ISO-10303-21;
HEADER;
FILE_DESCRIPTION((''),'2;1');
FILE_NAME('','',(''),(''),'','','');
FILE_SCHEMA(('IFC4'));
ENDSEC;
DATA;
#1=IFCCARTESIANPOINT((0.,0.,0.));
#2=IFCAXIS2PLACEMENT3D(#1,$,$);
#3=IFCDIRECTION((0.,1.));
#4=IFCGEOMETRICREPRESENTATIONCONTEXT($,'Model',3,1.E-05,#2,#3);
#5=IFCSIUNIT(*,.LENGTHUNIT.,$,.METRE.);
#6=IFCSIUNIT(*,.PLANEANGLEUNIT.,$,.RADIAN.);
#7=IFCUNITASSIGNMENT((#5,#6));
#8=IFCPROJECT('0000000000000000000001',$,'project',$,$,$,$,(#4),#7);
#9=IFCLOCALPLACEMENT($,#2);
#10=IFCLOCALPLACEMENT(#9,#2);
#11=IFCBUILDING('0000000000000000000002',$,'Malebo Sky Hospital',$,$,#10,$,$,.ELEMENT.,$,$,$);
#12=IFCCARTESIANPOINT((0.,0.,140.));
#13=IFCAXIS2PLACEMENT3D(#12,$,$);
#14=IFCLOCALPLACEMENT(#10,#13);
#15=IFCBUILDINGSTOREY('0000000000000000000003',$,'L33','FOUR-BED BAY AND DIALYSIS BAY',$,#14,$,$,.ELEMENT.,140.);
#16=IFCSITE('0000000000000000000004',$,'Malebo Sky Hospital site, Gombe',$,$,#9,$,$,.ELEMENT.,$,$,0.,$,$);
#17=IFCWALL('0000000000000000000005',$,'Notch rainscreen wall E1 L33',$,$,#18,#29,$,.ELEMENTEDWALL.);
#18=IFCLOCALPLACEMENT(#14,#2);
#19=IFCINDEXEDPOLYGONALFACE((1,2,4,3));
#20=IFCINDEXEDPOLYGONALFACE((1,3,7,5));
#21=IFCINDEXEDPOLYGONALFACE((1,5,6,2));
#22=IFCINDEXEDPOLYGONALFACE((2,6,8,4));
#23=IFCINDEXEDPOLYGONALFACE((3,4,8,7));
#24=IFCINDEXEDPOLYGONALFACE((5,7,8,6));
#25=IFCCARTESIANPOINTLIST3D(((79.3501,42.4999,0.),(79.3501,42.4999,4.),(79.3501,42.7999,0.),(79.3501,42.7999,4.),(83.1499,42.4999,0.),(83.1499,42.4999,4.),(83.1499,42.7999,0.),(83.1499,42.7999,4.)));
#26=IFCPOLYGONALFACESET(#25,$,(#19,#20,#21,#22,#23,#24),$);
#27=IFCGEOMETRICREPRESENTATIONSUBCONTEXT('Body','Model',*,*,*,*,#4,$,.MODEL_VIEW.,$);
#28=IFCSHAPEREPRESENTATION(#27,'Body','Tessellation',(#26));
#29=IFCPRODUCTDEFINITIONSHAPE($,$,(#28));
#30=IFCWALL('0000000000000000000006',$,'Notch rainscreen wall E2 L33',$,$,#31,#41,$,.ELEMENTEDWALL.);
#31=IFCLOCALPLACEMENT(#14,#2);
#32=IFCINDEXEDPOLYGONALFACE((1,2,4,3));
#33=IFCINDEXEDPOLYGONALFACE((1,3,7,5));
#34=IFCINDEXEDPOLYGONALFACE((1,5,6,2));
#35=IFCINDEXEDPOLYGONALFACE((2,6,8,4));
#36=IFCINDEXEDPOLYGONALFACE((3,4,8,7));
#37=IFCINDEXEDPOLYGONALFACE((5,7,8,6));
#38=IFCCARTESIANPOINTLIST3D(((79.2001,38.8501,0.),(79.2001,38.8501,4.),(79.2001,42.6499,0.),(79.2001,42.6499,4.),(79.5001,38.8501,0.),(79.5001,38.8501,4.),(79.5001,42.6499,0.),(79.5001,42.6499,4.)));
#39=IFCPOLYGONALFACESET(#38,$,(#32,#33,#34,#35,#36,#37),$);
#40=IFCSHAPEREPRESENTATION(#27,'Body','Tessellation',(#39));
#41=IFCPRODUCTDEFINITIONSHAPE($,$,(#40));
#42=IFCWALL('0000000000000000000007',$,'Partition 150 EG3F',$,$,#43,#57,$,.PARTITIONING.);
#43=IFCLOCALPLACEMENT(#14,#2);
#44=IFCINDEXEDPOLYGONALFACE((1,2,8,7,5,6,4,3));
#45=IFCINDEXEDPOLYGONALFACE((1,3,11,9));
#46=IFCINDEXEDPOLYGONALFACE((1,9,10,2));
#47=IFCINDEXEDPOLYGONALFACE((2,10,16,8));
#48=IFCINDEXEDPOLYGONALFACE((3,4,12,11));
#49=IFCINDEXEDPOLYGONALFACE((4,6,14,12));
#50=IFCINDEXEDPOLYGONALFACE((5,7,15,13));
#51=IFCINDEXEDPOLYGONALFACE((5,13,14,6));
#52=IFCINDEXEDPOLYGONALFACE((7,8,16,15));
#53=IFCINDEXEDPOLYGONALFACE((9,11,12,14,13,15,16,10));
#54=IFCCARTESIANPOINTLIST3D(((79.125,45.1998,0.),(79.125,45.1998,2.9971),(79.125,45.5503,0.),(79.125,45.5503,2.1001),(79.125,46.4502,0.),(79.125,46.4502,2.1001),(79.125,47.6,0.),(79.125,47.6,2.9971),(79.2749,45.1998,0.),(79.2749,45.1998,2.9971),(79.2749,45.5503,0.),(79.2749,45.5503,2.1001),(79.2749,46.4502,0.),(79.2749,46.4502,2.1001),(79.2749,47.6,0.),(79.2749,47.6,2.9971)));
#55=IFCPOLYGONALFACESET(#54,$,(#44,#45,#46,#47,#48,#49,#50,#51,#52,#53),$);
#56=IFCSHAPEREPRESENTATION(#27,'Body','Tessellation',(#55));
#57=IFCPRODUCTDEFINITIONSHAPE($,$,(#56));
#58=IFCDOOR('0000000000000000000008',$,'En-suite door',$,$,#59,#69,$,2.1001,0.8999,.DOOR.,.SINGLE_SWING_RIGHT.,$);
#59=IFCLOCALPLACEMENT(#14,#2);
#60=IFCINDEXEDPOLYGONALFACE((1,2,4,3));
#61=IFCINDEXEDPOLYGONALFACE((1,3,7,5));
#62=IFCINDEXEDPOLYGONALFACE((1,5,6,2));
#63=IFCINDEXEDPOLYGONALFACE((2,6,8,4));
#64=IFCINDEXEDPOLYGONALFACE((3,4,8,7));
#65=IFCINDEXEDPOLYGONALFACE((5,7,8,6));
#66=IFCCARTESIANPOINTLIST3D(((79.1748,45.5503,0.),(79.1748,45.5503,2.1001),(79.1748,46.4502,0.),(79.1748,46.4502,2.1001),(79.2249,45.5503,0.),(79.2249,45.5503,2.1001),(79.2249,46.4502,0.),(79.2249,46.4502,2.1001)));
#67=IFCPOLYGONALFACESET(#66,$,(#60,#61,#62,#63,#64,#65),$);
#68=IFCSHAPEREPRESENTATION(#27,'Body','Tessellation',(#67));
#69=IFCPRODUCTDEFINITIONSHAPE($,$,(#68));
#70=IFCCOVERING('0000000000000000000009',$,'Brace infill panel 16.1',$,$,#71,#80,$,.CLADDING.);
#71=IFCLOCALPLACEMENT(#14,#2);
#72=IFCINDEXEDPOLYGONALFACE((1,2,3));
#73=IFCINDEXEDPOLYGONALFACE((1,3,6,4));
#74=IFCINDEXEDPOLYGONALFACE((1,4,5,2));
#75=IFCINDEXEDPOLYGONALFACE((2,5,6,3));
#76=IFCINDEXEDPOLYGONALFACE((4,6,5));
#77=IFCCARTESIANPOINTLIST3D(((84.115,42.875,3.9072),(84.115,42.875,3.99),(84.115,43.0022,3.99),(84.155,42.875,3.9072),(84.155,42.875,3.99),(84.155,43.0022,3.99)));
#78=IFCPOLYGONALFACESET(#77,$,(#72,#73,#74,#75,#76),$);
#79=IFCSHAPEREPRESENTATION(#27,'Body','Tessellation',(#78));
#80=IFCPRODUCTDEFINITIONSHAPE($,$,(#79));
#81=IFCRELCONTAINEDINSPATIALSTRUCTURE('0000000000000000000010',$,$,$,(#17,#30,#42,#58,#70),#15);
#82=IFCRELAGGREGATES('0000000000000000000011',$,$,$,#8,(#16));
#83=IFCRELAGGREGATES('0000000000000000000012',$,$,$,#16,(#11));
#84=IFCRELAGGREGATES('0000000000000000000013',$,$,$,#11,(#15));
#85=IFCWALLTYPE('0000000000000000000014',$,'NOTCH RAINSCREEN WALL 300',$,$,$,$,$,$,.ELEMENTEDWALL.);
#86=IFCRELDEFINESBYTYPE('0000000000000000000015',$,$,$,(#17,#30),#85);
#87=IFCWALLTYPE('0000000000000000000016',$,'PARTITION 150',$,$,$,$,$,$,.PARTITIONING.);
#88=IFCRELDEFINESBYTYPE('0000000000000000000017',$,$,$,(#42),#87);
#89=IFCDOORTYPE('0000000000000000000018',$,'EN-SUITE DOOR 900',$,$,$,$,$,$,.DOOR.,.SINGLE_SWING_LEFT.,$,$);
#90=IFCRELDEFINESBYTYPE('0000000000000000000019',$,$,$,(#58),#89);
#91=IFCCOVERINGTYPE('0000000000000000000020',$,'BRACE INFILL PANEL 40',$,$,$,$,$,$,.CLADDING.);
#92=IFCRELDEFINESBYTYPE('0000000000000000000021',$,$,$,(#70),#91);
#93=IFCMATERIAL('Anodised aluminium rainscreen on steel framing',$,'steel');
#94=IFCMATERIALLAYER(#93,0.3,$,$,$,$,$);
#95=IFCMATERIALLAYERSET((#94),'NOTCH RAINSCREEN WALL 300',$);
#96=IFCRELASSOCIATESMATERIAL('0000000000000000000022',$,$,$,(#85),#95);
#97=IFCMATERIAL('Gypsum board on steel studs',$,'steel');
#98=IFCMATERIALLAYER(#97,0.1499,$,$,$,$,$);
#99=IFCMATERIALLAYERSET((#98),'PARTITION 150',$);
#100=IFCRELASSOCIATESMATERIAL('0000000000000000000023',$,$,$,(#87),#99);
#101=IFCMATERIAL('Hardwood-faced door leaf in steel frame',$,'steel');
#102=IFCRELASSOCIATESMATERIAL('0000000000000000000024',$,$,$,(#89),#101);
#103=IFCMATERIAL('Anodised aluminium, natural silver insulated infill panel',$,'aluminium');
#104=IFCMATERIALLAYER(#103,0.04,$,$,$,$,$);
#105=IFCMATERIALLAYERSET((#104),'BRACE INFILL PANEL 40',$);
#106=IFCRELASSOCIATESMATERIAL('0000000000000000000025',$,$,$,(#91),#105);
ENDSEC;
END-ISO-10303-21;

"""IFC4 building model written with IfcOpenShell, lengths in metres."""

from ifc_helpers import new_model, si_unit, direction, frame, frame_2d, origin, place, context, subcontext, project, spatial, polyline, rectangle, outline, extrude, material, layer, layer_set, type_object, element, fill, save


model = new_model("IFC4")

# Units and contexts
model_context = context("Model", 3, precision=1e-05, world=origin(), true_north=direction((0.0, 1.0)))
body_context = subcontext(model_context, "Body", "Model", "MODEL_VIEW")
ifc_project = project(units=[si_unit("LENGTHUNIT", "METRE"), si_unit("PLANEANGLEUNIT", "RADIAN")], contexts=[model_context])

# Site, building, storey
site_placement = place(None, origin())
site = spatial("IfcSite", under=ifc_project, at=site_placement, Name="Malebo Sky Hospital site, Gombe", CompositionType="ELEMENT", RefElevation=0.0)
building_placement = place(site_placement, origin())
building = spatial("IfcBuilding", under=site, at=building_placement, Name="Malebo Sky Hospital", CompositionType="ELEMENT")
storey_placement = place(building_placement, frame((0.0, 0.0, 140.0)))
storey = spatial("IfcBuildingStorey", under=building, at=storey_placement, Name="L33", Description="FOUR-BED BAY AND DIALYSIS BAY", CompositionType="ELEMENT", Elevation=140.0)

# Walls
ifc_material_1 = material(Name="Anodised aluminium rainscreen on steel framing", Category="steel")
ifc_layer_1 = layer(ifc_material_1, 0.3)
ifc_layer_set_1 = layer_set([ifc_layer_1], Name="NOTCH RAINSCREEN WALL 300")
wall_type_1 = type_object("IfcWallType", Name="NOTCH RAINSCREEN WALL 300", PredefinedType="ELEMENTEDWALL", material=ifc_layer_set_1)
for number, where, z_axis, x_axis, name in (
    (1, (83.1499, 42.6499, 0.0), (0.0, 0.0, 1.0), (-1.0, 0.0, 0.0), "Notch rainscreen wall E1 L33"),
    (2, (79.3501, 42.6499, 0.0), (0.0, 0.0, 1.0), (0.0, -1.0, 0.0), "Notch rainscreen wall E2 L33"),
):
    element("IfcWall", number, at=place(storey_placement, frame(where, z_axis=z_axis, x_axis=x_axis)), inside=storey, type_object=wall_type_1, Name=name, PredefinedType="ELEMENTEDWALL", context=body_context, shape_type="SweptSolid", body=[
        extrude(rectangle(XDim=3.7998, YDim=0.3, at=frame_2d((1.8999, 0.0))), origin(), (0.0, 0.0, 1.0), 4.0),
    ])

# Wall, opening, door
ifc_material_2 = material(Name="Gypsum board on steel studs", Category="steel")
ifc_layer_2 = layer(ifc_material_2, 0.1499)
ifc_layer_set_2 = layer_set([ifc_layer_2], Name="PARTITION 150")
wall_type_2 = type_object("IfcWallType", Name="PARTITION 150", PredefinedType="PARTITIONING", material=ifc_layer_set_2)
wall_placement = place(storey_placement, frame((79.2, 47.6001, 0.0), z_axis=(0.0, 0.0, 1.0), x_axis=(0.0, -1.0, 0.0)))
wall = element("IfcWall", 3, at=wall_placement, inside=storey, type_object=wall_type_2, Name="Partition 150 EG3F", PredefinedType="PARTITIONING", context=body_context, shape_type="SweptSolid", body=[
    extrude(rectangle(XDim=2.4001, YDim=0.1499, at=frame_2d((1.2002, 0.0))), origin(), (0.0, 0.0, 1.0), 2.9971),
])
opening_placement = place(wall_placement, frame((1.1499, 0.0, 0.0)))
opening = element("IfcOpeningElement", 4, at=opening_placement, cuts=wall, PredefinedType="OPENING", context=body_context, shape_type="SweptSolid", body=[
    extrude(rectangle(XDim=0.8999, YDim=2.1001, at=frame_2d((0.45, 1.05))), frame((0.0, 0.085, 0.0), z_axis=(0.0, -1.0, 0.0), x_axis=(1.0, 0.0, 0.0)), (0.0, 0.0, 1.0), 0.1699),
])
ifc_material_3 = material(Name="Hardwood-faced door leaf in steel frame", Category="steel")
door_type = type_object("IfcDoorType", Name="EN-SUITE DOOR 900", OperationType="SINGLE_SWING_LEFT", PredefinedType="DOOR", material=ifc_material_3)
door_placement = place(opening_placement, origin())
door = element("IfcDoor", 5, at=door_placement, inside=storey, type_object=door_type, Name="En-suite door", OperationType="SINGLE_SWING_RIGHT", OverallHeight=2.1001, OverallWidth=0.8999, PredefinedType="DOOR", context=body_context, shape_type="SweptSolid", body=[
    extrude(rectangle(XDim=0.8999, YDim=2.1001, at=frame_2d((0.45, 1.05))), frame((0.0, 0.0249, 0.0), z_axis=(0.0, -1.0, 0.0), x_axis=(1.0, 0.0, 0.0)), (0.0, 0.0, 1.0), 0.05),
])
fill(opening, door)

# Covering
ifc_material_4 = material(Name="Anodised aluminium, natural silver insulated infill panel", Category="aluminium")
ifc_layer_3 = layer(ifc_material_4, 0.04)
ifc_layer_set_3 = layer_set([ifc_layer_3], Name="BRACE INFILL PANEL 40")
covering_type = type_object("IfcCoveringType", Name="BRACE INFILL PANEL 40", PredefinedType="CLADDING", material=ifc_layer_set_3)
covering_placement = place(storey_placement, frame((84.135, 42.9385, 3.9072), z_axis=(0.0, 0.0, 1.0), x_axis=(0.0, -1.0, 0.0)))
element("IfcCovering", 6, at=covering_placement, inside=storey, type_object=covering_type, Name="Brace infill panel 16.1", PredefinedType="CLADDING", context=body_context, shape_type="SweptSolid", body=[
    extrude(outline(polyline([(0.0635, 0.0), (0.0635, 0.0828), (-0.0637, 0.0828), (0.0635, 0.0)])), frame((0.0, 0.02, 0.0), z_axis=(0.0, -1.0, 0.0), x_axis=(1.0, 0.0, 0.0)), (0.0, 0.0, 1.0), 0.04),
])

save(model, "model.ifc")
